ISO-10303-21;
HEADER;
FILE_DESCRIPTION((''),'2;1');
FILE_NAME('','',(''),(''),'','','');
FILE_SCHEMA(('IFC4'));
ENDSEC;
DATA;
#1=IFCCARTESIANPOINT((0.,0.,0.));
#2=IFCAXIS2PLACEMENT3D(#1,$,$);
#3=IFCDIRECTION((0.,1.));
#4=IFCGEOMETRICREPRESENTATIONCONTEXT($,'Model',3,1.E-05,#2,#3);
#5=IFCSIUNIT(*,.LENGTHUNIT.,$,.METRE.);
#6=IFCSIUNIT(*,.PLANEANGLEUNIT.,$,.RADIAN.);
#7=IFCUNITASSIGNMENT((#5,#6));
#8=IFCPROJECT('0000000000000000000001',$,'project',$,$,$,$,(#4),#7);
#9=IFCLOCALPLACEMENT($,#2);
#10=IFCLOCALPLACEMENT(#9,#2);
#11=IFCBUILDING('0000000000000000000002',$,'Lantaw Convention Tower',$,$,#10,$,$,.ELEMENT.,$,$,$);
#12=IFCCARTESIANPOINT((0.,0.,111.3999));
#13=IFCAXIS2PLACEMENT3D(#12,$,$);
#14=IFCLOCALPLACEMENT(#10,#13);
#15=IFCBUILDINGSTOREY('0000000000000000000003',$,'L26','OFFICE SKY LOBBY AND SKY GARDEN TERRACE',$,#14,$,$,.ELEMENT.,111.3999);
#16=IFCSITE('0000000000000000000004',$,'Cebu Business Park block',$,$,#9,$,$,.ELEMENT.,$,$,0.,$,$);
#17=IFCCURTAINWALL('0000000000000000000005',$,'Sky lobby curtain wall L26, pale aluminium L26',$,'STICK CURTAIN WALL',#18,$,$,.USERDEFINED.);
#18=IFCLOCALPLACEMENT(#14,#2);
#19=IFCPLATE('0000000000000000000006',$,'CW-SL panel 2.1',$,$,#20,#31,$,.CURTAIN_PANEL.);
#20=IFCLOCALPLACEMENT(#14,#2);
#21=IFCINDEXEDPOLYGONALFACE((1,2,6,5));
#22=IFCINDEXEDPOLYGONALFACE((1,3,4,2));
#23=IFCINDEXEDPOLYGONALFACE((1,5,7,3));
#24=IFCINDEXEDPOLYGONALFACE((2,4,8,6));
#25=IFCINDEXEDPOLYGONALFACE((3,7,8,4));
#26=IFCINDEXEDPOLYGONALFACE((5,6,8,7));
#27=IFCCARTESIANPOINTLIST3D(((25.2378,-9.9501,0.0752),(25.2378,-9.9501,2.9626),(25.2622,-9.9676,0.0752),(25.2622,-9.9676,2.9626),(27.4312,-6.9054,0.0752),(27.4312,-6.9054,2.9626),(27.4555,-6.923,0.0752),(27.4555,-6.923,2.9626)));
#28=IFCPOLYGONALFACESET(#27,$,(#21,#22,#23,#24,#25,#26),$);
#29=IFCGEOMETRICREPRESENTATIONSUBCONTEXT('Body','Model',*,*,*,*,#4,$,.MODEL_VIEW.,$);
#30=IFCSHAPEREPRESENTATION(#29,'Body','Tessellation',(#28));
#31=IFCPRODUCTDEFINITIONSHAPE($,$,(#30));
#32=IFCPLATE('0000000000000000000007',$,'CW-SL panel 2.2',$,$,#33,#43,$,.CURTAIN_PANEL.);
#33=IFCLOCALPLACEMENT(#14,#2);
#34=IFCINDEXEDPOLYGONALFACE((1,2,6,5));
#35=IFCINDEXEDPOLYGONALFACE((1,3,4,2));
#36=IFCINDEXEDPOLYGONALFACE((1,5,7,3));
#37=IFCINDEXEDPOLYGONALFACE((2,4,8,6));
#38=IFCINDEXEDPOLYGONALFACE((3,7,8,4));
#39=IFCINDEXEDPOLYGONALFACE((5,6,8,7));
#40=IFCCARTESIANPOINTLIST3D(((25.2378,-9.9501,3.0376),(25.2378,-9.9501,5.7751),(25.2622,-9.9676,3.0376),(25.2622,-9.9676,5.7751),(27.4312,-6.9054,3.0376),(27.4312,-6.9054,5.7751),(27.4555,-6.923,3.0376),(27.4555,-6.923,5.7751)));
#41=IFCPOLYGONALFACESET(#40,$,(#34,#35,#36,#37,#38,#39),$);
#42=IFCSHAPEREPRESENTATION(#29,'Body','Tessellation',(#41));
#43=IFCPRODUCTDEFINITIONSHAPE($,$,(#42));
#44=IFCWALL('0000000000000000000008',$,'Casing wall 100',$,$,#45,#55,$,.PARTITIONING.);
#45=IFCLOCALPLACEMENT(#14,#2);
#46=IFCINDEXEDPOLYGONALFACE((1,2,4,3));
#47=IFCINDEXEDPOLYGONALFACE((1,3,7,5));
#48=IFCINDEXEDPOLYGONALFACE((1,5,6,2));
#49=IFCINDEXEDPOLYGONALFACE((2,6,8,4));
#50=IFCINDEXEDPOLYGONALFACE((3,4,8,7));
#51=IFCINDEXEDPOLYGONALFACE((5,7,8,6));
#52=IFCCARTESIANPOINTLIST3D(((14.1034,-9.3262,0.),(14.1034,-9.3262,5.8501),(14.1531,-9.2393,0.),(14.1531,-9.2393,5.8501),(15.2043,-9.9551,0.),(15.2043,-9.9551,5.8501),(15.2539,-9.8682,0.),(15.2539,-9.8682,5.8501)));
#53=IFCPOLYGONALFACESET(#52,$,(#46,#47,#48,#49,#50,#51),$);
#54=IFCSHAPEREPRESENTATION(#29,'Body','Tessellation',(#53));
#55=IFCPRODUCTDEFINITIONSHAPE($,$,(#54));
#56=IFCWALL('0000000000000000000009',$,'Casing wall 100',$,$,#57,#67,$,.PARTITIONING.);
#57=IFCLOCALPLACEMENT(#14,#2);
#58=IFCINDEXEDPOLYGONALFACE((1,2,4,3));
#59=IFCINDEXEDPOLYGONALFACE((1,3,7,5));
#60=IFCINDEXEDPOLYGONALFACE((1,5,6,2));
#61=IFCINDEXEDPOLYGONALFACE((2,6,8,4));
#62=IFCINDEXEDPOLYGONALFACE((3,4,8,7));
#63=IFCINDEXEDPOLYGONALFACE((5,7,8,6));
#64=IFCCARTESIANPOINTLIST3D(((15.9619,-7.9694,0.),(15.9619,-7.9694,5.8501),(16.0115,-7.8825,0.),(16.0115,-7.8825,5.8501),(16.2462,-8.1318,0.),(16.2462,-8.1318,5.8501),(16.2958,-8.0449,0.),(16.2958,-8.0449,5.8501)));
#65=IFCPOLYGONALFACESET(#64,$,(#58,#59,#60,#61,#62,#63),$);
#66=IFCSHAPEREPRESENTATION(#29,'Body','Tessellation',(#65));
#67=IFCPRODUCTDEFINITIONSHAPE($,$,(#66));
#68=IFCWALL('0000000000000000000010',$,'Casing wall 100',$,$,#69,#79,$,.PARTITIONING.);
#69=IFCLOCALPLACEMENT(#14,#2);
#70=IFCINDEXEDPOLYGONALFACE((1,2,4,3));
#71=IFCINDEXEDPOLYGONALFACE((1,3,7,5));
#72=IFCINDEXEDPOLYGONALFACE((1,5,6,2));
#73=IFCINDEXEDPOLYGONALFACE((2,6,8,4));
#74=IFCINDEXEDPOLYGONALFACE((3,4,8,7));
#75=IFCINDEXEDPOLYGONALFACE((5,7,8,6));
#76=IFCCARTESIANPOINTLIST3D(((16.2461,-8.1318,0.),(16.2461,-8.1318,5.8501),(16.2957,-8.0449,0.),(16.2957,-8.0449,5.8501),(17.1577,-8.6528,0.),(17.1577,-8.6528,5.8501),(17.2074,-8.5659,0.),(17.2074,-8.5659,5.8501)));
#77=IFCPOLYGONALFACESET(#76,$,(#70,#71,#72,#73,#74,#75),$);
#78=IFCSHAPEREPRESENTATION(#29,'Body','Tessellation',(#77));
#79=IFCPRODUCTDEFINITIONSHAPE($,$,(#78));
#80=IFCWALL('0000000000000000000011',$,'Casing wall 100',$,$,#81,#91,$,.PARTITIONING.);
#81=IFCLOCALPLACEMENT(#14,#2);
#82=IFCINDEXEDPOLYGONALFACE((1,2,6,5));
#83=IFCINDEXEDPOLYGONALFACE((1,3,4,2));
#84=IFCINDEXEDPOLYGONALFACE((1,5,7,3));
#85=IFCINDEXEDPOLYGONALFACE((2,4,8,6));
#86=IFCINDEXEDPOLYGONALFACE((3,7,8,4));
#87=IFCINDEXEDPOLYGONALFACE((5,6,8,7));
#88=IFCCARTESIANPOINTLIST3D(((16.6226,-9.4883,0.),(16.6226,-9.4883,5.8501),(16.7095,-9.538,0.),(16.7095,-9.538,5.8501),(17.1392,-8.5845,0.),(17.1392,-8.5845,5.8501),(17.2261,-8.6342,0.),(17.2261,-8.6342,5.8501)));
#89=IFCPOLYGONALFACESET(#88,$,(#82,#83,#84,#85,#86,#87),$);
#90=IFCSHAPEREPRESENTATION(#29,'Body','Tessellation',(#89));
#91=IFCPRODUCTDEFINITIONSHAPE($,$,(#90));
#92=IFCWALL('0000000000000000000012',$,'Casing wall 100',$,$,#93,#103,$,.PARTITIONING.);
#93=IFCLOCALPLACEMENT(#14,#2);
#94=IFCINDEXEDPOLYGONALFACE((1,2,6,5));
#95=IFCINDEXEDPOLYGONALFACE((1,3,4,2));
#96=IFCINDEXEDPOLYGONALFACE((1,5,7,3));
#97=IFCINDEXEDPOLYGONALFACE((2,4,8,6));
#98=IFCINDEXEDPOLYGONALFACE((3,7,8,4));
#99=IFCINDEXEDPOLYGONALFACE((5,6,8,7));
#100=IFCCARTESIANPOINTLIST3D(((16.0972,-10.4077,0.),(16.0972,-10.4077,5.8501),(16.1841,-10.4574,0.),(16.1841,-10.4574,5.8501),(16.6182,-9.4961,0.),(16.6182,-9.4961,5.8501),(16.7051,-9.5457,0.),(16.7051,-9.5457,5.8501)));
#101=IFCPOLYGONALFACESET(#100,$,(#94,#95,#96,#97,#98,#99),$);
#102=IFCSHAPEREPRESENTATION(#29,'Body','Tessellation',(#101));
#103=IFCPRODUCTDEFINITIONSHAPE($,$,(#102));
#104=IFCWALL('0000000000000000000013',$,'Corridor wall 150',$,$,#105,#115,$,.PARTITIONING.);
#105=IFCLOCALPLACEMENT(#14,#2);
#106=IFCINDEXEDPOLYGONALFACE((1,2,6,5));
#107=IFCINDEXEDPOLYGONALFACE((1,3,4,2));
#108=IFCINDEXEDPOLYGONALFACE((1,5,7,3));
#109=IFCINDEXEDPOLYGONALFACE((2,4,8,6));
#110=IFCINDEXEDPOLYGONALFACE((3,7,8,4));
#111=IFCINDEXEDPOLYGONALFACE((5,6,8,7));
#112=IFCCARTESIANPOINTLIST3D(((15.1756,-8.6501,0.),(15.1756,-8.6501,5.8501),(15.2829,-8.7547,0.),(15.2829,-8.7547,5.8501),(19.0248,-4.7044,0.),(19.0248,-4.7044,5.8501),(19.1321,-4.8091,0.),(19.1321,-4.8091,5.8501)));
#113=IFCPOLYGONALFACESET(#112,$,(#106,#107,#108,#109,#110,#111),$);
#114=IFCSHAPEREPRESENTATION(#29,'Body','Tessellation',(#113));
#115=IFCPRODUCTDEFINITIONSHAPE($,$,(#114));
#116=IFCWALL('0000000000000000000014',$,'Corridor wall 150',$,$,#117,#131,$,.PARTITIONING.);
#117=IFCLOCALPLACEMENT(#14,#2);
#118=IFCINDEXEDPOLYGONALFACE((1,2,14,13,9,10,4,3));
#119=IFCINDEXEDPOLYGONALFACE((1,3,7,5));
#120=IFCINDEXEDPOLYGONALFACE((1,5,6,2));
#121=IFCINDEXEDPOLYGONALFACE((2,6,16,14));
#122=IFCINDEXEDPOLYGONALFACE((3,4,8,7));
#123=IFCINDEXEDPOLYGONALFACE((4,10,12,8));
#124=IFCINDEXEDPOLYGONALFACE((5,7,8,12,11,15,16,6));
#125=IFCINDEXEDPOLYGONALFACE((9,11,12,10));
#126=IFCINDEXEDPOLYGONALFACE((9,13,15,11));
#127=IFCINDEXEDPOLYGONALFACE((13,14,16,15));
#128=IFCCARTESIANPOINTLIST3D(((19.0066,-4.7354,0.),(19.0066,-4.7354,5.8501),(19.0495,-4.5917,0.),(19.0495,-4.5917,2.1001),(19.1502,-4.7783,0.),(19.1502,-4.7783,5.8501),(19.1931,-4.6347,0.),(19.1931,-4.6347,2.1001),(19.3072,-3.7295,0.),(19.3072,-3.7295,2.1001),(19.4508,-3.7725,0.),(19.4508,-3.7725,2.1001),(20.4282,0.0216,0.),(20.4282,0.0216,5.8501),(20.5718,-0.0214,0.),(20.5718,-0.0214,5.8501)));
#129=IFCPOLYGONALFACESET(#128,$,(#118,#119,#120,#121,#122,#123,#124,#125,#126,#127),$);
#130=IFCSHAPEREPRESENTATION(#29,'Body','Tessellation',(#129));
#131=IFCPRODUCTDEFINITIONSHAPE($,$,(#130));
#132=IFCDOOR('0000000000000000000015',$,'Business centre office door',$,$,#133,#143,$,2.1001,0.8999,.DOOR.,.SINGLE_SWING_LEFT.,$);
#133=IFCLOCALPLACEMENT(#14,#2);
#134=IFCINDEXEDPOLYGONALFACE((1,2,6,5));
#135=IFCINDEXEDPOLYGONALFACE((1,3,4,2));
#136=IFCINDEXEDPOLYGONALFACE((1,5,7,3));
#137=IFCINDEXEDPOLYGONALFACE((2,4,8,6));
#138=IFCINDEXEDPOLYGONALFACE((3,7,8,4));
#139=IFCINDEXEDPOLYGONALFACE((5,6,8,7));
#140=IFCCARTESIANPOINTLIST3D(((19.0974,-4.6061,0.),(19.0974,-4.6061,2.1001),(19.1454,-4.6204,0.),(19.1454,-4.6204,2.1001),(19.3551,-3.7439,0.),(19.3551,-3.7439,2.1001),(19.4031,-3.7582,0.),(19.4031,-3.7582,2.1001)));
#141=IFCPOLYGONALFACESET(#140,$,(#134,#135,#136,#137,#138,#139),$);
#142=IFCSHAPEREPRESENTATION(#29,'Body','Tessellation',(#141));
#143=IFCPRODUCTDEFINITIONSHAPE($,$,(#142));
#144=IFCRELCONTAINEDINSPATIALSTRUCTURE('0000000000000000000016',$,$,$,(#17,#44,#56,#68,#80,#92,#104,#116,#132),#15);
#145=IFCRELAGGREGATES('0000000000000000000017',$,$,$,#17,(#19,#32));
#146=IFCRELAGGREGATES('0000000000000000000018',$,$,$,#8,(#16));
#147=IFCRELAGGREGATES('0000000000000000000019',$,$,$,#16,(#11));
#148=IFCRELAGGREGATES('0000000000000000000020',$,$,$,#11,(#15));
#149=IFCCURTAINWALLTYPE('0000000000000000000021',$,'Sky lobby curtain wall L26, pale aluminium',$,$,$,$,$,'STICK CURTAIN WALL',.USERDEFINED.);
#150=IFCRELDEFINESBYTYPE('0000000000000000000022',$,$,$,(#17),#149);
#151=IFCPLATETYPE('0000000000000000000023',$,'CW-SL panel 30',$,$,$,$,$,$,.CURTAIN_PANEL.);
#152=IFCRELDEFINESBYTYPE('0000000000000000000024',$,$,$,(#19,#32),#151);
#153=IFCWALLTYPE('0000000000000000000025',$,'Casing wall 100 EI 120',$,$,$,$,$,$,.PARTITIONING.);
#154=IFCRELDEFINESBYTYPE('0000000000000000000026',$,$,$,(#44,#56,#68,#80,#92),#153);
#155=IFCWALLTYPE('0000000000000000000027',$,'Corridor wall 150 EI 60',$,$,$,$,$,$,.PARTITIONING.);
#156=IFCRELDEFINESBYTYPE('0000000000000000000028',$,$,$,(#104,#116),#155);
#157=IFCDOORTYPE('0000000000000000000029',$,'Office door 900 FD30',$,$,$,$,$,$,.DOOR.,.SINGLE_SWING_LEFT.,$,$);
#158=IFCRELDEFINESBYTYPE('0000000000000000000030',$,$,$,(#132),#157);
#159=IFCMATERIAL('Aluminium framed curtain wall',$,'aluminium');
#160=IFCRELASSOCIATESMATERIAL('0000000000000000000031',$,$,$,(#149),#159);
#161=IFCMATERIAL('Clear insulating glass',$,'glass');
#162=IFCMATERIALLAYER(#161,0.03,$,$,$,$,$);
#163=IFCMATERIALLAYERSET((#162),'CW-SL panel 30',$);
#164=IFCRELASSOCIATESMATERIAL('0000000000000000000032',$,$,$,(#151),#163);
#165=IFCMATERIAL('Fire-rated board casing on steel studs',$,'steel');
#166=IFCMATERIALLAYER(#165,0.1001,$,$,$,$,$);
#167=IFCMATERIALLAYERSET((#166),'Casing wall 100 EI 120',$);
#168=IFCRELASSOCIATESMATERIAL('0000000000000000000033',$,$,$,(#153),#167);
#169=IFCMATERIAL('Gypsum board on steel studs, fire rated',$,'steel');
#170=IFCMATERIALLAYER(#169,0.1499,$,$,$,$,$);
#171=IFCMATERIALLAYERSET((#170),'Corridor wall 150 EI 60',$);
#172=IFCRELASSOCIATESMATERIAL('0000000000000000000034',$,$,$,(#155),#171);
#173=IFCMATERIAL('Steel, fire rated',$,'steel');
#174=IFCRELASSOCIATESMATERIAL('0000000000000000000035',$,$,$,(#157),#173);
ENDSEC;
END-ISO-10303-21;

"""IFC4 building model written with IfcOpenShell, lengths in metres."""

from ifc_helpers import new_model, si_unit, direction, frame, frame_2d, origin, origin_2d, place, context, subcontext, project, spatial, rectangle, extrude, material, layer, layer_set, type_object, element, fill, aggregate, save


model = new_model("IFC4")

# Units and contexts
model_context = context("Model", 3, precision=1e-05, world=origin(), true_north=direction((0.0, 1.0)))
body_context = subcontext(model_context, "Body", "Model", "MODEL_VIEW")
ifc_project = project(units=[si_unit("LENGTHUNIT", "METRE"), si_unit("PLANEANGLEUNIT", "RADIAN")], contexts=[model_context])

# Site, building, storey
site_placement = place(None, origin())
site = spatial("IfcSite", under=ifc_project, at=site_placement, Name="Cebu Business Park block", CompositionType="ELEMENT", RefElevation=0.0)
building_placement = place(site_placement, origin())
building = spatial("IfcBuilding", under=site, at=building_placement, Name="Lantaw Convention Tower", CompositionType="ELEMENT")
storey_placement = place(building_placement, frame((0.0, 0.0, 111.3999)))
storey = spatial("IfcBuildingStorey", under=building, at=storey_placement, Name="L26", Description="OFFICE SKY LOBBY AND SKY GARDEN TERRACE", CompositionType="ELEMENT", Elevation=111.3999)

# Curtain wall, plates
ifc_material_1 = material(Name="Aluminium framed curtain wall", Category="aluminium")
curtain_wall_type = type_object("IfcCurtainWallType", Name="Sky lobby curtain wall L26, pale aluminium", ElementType="STICK CURTAIN WALL", PredefinedType="USERDEFINED", material=ifc_material_1)
curtain_wall_placement = place(storey_placement, origin())
curtain_wall = element("IfcCurtainWall", 1, at=curtain_wall_placement, inside=storey, type_object=curtain_wall_type, Name="Sky lobby curtain wall L26, pale aluminium L26", ObjectType="STICK CURTAIN WALL", PredefinedType="USERDEFINED")
ifc_material_2 = material(Name="Clear insulating glass", Category="glass")
ifc_layer_1 = layer(ifc_material_2, 0.03)
ifc_layer_set_1 = layer_set([ifc_layer_1], Name="CW-SL panel 30")
plate_type = type_object("IfcPlateType", Name="CW-SL panel 30", PredefinedType="CURTAIN_PANEL", material=ifc_layer_set_1)
plate_1_placement = place(storey_placement, frame((26.3467, -8.4365, 0.0752), z_axis=(0.0, 0.0, 1.0), x_axis=(0.584513, 0.811385, 0.0)))
plate_1 = element("IfcPlate", 2, at=plate_1_placement, type_object=plate_type, Name="CW-SL panel 2.1", PredefinedType="CURTAIN_PANEL", context=body_context, shape_type="SweptSolid", body=[
    extrude(rectangle(XDim=3.7524, YDim=0.03, at=origin_2d()), origin(), (0.0, 0.0, 1.0), 2.8875),
])
plate_2_placement = place(storey_placement, frame((26.3467, -8.4365, 3.0376), z_axis=(0.0, 0.0, 1.0), x_axis=(0.584513, 0.811385, 0.0)))
plate_2 = element("IfcPlate", 3, at=plate_2_placement, type_object=plate_type, Name="CW-SL panel 2.2", PredefinedType="CURTAIN_PANEL", context=body_context, shape_type="SweptSolid", body=[
    extrude(rectangle(XDim=3.7524, YDim=0.03, at=origin_2d()), origin(), (0.0, 0.0, 1.0), 2.7375),
])
aggregate(curtain_wall, [plate_1, plate_2])

# Walls
ifc_material_3 = material(Name="Fire-rated board casing on steel studs", Category="steel")
ifc_layer_2 = layer(ifc_material_3, 0.1001)
ifc_layer_set_2 = layer_set([ifc_layer_2], Name="Casing wall 100 EI 120")
wall_type_1 = type_object("IfcWallType", Name="Casing wall 100 EI 120", PredefinedType="PARTITIONING", material=ifc_layer_set_2)
wall_1_placement = place(storey_placement, frame((15.229, -9.9116, 0.0), z_axis=(0.0, 0.0, 1.0), x_axis=(-0.868291, 0.496056, 0.0)))
element("IfcWall", 4, at=wall_1_placement, inside=storey, type_object=wall_type_1, Name="Casing wall 100", PredefinedType="PARTITIONING", context=body_context, shape_type="SweptSolid", body=[
    extrude(rectangle(XDim=1.2678, YDim=0.1001, at=frame_2d((0.6338, 0.0))), origin(), (0.0, 0.0, 1.0), 5.8501),
])
wall_2_placement = place(storey_placement, frame((15.9868, -7.926, 0.0), z_axis=(0.0, 0.0, 1.0), x_axis=(0.868289, -0.496059, 0.0)))
element("IfcWall", 5, at=wall_2_placement, inside=storey, type_object=wall_type_1, Name="Casing wall 100", PredefinedType="PARTITIONING", context=body_context, shape_type="SweptSolid", body=[
    extrude(rectangle(XDim=0.3274, YDim=0.1001, at=frame_2d((0.1636, 0.0))), origin(), (0.0, 0.0, 1.0), 5.8501),
])
wall_3_placement = place(storey_placement, frame((16.271, -8.0884, 0.0), z_axis=(0.0, 0.0, 1.0), x_axis=(0.868215, -0.496189, 0.0)))
element("IfcWall", 6, at=wall_3_placement, inside=storey, type_object=wall_type_1, Name="Casing wall 100", PredefinedType="PARTITIONING", context=body_context, shape_type="SweptSolid", body=[
    extrude(rectangle(XDim=1.05, YDim=0.1001, at=frame_2d((0.5249, 0.0))), origin(), (0.0, 0.0, 1.0), 5.8501),
])
wall_4_placement = place(storey_placement, frame((17.1826, -8.6094, 0.0), z_axis=(0.0, 0.0, 1.0), x_axis=(-0.49624, -0.868185, 0.0)))
element("IfcWall", 7, at=wall_4_placement, inside=storey, type_object=wall_type_1, Name="Casing wall 100", PredefinedType="PARTITIONING", context=body_context, shape_type="SweptSolid", body=[
    extrude(rectangle(XDim=1.041, YDim=0.1001, at=frame_2d((0.5205, 0.0))), origin(), (0.0, 0.0, 1.0), 5.8501),
])
wall_5_placement = place(storey_placement, frame((16.6616, -9.521, 0.0), z_axis=(0.0, 0.0, 1.0), x_axis=(-0.496189, -0.868215, 0.0)))
element("IfcWall", 8, at=wall_5_placement, inside=storey, type_object=wall_type_1, Name="Casing wall 100", PredefinedType="PARTITIONING", context=body_context, shape_type="SweptSolid", body=[
    extrude(rectangle(XDim=1.05, YDim=0.1001, at=frame_2d((0.5249, 0.0))), origin(), (0.0, 0.0, 1.0), 5.8501),
])
ifc_material_4 = material(Name="Gypsum board on steel studs, fire rated", Category="steel")
ifc_layer_3 = layer(ifc_material_4, 0.1499)
ifc_layer_set_3 = layer_set([ifc_layer_3], Name="Corridor wall 150 EI 60")
wall_type_2 = type_object("IfcWallType", Name="Corridor wall 150 EI 60", PredefinedType="PARTITIONING", material=ifc_layer_set_3)
wall_6_placement = place(storey_placement, frame((15.2292, -8.7024, 0.0), z_axis=(0.0, 0.0, 1.0), x_axis=(0.698305, 0.7158, 0.0)))
element("IfcWall", 9, at=wall_6_placement, inside=storey, type_object=wall_type_2, Name="Corridor wall 150", PredefinedType="PARTITIONING", context=body_context, shape_type="SweptSolid", body=[
    extrude(rectangle(XDim=5.5122, YDim=0.1499, at=frame_2d((2.7561, 0.0))), origin(), (0.0, 0.0, 1.0), 5.8501),
])

# Wall, opening, door
wall_7_placement = place(storey_placement, frame((19.0784, -4.7568, 0.0), z_axis=(0.0, 0.0, 1.0), x_axis=(0.286346, 0.958126, 0.0)))
wall_7 = element("IfcWall", 10, at=wall_7_placement, inside=storey, type_object=wall_type_2, Name="Corridor wall 150", PredefinedType="PARTITIONING", context=body_context, shape_type="SweptSolid", body=[
    extrude(rectangle(XDim=4.9648, YDim=0.1499, at=frame_2d((2.4824, 0.0))), origin(), (0.0, 0.0, 1.0), 5.8501),
])
opening_placement = place(wall_7_placement, frame((0.1499, 0.0, 0.0)))
opening = element("IfcOpeningElement", 11, at=opening_placement, cuts=wall_7, PredefinedType="OPENING", context=body_context, shape_type="SweptSolid", body=[
    extrude(rectangle(XDim=0.8999, YDim=2.1001, at=frame_2d((0.45, 1.05))), frame((0.0, 0.085, 0.0), z_axis=(0.0, -1.0, 0.0), x_axis=(1.0, 0.0, 0.0)), (0.0, 0.0, 1.0), 0.1699),
])
ifc_material_5 = material(Name="Steel, fire rated", Category="steel")
door_type = type_object("IfcDoorType", Name="Office door 900 FD30", OperationType="SINGLE_SWING_LEFT", PredefinedType="DOOR", material=ifc_material_5)
door_placement = place(opening_placement, origin())
door = element("IfcDoor", 12, at=door_placement, inside=storey, type_object=door_type, Name="Business centre office door", OperationType="SINGLE_SWING_LEFT", OverallHeight=2.1001, OverallWidth=0.8999, PredefinedType="DOOR", context=body_context, shape_type="SweptSolid", body=[
    extrude(rectangle(XDim=0.8999, YDim=2.1001, at=frame_2d((0.45, 1.05))), frame((0.0, 0.0249, 0.0), z_axis=(0.0, -1.0, 0.0), x_axis=(1.0, 0.0, 0.0)), (0.0, 0.0, 1.0), 0.05),
])
fill(opening, door)

save(model, "model.ifc")
